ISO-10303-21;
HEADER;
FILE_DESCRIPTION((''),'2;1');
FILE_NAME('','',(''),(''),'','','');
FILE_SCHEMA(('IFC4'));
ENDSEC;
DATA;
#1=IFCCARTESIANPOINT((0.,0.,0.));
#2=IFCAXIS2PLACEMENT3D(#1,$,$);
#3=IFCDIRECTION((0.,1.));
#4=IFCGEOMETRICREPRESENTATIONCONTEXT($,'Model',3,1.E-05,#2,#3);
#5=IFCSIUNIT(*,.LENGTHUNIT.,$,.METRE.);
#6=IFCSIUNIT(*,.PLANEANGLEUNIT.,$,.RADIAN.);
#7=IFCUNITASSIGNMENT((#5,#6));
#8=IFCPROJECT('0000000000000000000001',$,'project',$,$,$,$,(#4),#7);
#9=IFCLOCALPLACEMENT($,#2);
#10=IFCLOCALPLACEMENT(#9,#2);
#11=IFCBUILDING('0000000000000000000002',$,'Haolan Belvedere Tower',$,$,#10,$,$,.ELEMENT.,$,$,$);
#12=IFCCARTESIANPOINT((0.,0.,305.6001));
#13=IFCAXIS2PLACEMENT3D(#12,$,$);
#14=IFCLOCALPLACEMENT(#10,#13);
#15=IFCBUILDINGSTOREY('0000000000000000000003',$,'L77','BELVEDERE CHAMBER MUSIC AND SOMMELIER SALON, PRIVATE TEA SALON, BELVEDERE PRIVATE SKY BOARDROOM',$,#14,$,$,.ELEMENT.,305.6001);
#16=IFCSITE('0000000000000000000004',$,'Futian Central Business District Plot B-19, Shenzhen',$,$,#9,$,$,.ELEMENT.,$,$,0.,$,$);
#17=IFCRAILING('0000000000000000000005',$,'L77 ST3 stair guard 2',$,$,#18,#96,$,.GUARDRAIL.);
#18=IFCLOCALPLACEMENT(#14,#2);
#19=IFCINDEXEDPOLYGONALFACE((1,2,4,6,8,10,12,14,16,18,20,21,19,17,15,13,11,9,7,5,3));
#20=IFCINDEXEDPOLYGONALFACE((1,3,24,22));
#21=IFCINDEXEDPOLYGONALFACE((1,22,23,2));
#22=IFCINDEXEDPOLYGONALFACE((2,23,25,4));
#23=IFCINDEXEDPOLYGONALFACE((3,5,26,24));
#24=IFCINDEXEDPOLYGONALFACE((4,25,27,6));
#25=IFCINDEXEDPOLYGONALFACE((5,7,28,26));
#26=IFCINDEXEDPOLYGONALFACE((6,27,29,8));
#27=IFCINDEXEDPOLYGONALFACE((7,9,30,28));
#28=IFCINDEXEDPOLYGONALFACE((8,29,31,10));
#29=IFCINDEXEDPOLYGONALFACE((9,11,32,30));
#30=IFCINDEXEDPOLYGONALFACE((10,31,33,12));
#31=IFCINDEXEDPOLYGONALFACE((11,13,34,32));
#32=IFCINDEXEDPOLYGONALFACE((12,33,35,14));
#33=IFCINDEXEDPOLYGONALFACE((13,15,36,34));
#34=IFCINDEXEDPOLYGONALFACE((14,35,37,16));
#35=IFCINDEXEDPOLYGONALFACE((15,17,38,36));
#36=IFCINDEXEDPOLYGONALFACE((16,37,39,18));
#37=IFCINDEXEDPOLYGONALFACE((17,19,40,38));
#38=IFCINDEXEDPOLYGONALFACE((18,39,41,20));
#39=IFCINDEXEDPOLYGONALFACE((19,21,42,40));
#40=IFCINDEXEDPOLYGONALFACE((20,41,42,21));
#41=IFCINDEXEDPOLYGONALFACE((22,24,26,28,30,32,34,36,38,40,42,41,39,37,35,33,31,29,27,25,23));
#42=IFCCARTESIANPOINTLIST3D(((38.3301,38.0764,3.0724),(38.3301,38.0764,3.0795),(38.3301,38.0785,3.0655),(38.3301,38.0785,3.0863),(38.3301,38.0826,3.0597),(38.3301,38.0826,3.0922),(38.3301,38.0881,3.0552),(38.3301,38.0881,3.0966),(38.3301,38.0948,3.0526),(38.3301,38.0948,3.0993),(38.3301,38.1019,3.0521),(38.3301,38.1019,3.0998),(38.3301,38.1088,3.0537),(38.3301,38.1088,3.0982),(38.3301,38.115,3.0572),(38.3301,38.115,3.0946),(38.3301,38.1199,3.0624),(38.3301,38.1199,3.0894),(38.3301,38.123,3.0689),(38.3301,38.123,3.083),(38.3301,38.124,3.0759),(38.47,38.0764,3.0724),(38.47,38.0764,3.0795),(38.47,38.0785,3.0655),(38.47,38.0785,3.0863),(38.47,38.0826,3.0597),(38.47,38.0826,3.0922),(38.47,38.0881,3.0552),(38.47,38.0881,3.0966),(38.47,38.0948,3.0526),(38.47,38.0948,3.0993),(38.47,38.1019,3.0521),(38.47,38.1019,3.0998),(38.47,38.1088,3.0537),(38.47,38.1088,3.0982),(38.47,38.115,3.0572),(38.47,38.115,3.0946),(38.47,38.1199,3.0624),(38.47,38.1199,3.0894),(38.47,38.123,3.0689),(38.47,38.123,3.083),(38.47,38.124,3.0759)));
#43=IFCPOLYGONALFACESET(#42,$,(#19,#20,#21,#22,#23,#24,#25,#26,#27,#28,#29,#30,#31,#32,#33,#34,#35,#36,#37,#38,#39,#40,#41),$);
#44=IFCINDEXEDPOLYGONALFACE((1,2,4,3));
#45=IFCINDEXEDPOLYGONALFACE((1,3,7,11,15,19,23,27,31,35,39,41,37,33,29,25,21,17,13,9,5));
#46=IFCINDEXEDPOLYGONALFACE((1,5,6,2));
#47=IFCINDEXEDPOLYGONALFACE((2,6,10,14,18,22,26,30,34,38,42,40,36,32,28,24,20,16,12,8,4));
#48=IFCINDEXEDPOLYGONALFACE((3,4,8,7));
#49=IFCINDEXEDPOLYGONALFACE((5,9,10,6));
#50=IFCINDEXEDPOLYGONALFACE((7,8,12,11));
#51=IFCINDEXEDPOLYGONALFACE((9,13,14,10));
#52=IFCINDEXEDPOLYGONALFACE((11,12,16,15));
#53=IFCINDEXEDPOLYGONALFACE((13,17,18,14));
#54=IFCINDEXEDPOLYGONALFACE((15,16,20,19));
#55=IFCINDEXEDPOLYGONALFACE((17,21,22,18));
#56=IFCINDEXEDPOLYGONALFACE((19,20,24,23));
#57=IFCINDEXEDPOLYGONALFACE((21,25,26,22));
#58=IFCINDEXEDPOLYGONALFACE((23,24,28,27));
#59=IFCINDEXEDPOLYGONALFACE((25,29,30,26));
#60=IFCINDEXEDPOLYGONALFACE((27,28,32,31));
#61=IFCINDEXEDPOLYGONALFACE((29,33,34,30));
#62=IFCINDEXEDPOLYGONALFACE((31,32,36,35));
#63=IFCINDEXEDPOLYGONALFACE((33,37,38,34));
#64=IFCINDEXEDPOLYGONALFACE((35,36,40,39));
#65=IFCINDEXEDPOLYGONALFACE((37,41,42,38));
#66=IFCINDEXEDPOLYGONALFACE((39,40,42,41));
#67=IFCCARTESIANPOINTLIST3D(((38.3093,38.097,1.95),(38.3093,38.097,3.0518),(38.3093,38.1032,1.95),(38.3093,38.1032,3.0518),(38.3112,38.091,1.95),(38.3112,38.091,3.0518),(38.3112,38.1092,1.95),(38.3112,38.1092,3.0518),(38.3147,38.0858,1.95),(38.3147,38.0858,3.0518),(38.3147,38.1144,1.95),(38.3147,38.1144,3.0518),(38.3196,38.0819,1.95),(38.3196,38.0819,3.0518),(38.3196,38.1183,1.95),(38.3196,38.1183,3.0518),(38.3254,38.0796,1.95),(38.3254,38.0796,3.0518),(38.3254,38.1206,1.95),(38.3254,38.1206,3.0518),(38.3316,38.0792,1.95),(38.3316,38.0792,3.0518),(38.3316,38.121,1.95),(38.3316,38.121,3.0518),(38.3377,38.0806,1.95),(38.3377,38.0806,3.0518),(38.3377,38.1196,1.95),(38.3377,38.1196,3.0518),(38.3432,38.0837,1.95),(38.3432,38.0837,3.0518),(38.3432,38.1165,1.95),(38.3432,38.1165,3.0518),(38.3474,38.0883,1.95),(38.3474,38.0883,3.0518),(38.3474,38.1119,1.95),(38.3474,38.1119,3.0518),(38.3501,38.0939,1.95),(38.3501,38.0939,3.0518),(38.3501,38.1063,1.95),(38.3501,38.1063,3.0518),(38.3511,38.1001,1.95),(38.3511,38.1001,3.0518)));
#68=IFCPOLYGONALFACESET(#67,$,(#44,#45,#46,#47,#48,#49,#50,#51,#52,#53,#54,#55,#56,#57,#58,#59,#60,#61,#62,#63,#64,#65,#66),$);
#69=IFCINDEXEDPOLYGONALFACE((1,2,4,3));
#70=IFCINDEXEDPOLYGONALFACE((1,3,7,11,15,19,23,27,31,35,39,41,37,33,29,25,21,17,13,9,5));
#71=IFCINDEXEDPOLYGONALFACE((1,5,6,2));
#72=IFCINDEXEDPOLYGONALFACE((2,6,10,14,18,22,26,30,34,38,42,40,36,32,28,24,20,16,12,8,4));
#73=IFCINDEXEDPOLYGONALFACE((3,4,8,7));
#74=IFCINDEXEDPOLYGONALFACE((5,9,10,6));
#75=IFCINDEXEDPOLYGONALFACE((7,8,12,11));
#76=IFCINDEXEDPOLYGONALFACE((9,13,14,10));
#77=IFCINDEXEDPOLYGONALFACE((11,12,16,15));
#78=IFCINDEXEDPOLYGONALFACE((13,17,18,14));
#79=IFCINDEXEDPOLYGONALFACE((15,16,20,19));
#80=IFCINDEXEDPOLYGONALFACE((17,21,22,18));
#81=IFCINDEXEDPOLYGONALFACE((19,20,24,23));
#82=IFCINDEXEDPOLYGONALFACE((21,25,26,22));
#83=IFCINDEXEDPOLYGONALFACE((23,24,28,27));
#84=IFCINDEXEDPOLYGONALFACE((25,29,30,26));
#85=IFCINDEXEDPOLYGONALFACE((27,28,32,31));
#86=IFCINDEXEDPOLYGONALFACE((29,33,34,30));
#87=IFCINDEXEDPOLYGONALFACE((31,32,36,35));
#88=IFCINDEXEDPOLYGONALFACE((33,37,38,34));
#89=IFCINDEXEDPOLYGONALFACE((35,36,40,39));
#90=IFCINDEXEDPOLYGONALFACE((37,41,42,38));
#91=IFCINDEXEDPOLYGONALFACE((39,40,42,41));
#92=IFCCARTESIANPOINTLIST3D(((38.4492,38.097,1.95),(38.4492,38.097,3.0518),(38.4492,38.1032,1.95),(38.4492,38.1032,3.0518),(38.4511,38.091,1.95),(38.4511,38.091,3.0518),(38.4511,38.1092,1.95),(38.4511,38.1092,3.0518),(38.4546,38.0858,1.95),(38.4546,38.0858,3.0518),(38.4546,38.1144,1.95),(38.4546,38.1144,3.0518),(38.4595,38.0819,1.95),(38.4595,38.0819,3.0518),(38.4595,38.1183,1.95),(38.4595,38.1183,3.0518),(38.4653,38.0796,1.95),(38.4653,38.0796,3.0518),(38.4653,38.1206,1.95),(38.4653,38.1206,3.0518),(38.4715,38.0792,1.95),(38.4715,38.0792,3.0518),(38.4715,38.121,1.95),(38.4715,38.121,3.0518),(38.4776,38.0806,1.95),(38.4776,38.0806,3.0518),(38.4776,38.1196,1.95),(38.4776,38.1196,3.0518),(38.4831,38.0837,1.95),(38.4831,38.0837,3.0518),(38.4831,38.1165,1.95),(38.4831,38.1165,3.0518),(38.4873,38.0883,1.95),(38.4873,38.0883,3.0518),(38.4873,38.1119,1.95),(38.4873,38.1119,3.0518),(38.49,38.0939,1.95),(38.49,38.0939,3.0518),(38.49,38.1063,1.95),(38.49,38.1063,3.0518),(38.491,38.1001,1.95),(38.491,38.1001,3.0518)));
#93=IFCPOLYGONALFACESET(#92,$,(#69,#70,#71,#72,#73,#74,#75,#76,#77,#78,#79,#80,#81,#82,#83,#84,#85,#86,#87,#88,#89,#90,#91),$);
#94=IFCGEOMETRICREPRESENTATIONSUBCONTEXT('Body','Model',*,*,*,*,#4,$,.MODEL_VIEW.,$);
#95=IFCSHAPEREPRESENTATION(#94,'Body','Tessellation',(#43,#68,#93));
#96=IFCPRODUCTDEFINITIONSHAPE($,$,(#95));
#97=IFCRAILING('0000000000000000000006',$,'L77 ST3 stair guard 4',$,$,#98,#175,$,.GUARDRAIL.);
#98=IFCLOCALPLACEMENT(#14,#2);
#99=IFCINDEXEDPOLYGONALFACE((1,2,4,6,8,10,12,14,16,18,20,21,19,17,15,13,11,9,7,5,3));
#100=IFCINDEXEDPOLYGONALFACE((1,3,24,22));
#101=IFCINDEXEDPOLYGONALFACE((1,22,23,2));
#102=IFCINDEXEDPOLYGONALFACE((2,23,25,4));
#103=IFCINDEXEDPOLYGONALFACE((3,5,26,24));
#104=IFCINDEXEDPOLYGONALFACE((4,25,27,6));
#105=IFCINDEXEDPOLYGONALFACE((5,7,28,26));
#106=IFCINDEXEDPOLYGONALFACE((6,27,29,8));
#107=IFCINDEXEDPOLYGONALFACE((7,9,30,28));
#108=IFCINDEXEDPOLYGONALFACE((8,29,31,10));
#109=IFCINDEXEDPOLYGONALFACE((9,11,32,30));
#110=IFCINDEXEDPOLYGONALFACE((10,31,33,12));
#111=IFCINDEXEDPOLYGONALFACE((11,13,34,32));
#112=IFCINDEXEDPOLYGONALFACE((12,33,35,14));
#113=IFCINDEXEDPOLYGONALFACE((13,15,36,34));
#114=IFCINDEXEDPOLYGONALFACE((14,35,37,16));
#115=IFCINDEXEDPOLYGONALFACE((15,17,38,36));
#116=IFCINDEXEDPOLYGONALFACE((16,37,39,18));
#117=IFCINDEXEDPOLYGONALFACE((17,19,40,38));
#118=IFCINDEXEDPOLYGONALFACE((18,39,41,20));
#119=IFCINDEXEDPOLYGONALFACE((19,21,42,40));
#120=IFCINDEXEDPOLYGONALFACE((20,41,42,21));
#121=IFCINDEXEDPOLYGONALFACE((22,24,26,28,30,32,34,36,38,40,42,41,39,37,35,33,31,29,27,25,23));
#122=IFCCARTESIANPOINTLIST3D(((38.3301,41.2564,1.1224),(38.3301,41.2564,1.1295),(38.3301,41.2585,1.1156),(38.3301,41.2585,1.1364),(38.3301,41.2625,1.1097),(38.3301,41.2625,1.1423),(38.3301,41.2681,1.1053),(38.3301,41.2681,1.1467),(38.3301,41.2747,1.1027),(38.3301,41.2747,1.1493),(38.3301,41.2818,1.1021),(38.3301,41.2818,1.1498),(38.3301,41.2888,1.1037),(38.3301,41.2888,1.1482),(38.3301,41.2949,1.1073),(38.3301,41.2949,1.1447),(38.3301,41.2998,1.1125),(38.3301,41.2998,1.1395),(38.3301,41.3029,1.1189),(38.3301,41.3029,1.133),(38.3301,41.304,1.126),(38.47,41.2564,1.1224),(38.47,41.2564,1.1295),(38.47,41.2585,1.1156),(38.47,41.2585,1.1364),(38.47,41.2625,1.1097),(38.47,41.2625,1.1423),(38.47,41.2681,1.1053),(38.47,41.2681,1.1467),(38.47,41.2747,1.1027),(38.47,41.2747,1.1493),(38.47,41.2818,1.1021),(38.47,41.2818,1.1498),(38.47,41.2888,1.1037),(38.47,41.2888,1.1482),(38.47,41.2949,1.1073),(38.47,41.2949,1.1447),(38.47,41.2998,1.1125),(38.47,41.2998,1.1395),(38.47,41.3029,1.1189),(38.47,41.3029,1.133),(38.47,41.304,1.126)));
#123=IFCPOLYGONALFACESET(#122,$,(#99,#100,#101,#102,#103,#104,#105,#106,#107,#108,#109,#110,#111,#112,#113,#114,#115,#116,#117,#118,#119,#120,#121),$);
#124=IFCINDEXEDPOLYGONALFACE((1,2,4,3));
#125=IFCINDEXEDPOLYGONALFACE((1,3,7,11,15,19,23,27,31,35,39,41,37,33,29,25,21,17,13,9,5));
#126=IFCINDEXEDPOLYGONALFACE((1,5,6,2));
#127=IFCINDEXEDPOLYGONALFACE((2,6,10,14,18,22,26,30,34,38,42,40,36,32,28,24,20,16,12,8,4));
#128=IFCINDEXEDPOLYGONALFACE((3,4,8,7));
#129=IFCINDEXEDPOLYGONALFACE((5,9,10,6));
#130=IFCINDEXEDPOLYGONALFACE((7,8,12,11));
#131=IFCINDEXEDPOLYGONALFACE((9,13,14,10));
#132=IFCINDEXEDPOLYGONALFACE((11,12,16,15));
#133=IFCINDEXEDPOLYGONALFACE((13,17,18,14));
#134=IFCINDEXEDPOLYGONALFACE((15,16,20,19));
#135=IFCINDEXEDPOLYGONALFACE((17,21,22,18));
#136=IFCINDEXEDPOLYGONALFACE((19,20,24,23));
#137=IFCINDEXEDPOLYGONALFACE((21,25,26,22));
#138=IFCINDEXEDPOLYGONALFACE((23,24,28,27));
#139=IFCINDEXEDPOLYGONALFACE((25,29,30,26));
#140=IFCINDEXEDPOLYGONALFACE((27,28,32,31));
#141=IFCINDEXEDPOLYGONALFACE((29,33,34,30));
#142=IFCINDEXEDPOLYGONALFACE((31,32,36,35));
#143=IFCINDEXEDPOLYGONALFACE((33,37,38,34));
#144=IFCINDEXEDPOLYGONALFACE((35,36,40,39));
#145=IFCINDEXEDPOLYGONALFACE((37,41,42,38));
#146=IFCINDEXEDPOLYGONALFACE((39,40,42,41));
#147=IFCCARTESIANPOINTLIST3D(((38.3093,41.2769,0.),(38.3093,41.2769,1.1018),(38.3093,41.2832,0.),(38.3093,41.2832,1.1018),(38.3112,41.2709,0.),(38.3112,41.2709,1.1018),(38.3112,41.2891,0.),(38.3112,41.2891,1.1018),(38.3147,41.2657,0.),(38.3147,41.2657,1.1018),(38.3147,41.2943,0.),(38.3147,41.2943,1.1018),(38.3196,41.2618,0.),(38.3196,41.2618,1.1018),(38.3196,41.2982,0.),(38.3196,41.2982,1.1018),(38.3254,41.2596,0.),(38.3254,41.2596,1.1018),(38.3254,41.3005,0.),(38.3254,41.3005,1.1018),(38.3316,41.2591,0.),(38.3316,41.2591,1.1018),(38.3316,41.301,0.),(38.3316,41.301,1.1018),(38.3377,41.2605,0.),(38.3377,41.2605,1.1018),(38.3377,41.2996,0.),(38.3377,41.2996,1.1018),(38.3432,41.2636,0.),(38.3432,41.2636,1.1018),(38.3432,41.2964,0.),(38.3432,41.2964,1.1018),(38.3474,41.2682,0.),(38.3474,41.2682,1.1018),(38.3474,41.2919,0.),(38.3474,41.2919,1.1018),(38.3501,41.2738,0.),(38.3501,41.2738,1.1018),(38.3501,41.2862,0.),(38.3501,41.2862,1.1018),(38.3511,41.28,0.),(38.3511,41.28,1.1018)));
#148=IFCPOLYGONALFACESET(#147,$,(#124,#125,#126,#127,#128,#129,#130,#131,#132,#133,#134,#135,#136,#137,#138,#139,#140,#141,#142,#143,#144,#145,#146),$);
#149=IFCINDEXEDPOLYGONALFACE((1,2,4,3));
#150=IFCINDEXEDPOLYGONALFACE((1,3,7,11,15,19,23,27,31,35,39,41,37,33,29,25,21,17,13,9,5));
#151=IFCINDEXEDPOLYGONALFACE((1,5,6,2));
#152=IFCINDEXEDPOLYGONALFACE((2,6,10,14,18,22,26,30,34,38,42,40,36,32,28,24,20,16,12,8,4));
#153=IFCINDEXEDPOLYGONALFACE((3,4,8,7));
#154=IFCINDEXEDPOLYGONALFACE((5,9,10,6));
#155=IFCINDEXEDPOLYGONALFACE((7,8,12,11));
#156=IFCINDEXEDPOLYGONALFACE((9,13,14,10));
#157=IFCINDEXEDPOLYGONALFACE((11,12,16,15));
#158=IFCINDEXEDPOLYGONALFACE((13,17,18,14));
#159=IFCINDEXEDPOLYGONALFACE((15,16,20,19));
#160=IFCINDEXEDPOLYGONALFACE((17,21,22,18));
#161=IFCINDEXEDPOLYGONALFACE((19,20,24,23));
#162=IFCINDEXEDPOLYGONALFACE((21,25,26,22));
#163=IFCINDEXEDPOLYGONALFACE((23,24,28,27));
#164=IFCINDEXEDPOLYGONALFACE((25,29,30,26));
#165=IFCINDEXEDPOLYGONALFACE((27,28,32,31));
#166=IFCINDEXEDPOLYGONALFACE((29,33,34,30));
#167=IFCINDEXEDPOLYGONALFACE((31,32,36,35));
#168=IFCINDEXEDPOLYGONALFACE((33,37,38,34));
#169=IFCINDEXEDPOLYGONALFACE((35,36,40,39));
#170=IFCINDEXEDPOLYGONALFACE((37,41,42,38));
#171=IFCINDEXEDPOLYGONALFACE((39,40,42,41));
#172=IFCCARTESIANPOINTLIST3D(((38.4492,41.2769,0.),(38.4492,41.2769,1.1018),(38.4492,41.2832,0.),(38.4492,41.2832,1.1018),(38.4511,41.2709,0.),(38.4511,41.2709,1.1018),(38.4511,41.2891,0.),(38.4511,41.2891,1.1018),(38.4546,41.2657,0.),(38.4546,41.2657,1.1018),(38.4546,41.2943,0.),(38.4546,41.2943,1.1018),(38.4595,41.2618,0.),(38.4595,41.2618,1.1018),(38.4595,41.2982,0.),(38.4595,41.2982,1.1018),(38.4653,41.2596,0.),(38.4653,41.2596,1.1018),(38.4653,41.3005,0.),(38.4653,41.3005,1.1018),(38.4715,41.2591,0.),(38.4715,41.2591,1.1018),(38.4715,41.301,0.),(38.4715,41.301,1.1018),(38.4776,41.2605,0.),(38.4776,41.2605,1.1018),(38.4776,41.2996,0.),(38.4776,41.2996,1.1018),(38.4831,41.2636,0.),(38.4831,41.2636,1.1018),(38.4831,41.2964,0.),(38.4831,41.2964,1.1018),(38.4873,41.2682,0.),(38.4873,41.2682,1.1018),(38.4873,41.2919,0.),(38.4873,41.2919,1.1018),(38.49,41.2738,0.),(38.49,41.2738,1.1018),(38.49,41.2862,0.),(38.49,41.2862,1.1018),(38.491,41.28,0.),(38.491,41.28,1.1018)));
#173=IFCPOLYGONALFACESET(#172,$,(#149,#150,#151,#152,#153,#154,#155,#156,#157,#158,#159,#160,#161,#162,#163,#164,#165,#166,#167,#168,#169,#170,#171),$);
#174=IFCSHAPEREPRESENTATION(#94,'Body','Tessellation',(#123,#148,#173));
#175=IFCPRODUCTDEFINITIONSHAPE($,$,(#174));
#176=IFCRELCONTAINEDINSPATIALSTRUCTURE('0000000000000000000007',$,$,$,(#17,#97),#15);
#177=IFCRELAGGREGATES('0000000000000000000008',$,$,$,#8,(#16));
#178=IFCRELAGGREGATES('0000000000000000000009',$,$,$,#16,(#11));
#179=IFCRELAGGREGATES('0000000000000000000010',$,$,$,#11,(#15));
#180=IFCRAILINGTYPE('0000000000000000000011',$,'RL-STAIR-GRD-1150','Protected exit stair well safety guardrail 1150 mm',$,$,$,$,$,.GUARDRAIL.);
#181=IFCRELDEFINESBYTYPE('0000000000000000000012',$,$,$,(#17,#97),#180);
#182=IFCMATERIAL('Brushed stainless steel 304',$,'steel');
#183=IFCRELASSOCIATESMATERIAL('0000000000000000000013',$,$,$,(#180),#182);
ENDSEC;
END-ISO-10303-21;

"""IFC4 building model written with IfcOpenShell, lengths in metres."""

from ifc_helpers import new_model, si_unit, direction, frame, origin, origin_2d, place, context, subcontext, project, spatial, circle, extrude, material, type_object, element, save


model = new_model("IFC4")

# Units and contexts
model_context = context("Model", 3, precision=1e-05, world=origin(), true_north=direction((0.0, 1.0)))
body_context = subcontext(model_context, "Body", "Model", "MODEL_VIEW")
ifc_project = project(units=[si_unit("LENGTHUNIT", "METRE"), si_unit("PLANEANGLEUNIT", "RADIAN")], contexts=[model_context])

# Site, building, storey
site_placement = place(None, origin())
site = spatial("IfcSite", under=ifc_project, at=site_placement, Name="Futian Central Business District Plot B-19, Shenzhen", CompositionType="ELEMENT", RefElevation=0.0)
building_placement = place(site_placement, origin())
building = spatial("IfcBuilding", under=site, at=building_placement, Name="Haolan Belvedere Tower", CompositionType="ELEMENT")
storey_placement = place(building_placement, frame((0.0, 0.0, 305.6001)))
storey = spatial("IfcBuildingStorey", under=building, at=storey_placement, Name="L77", Description="BELVEDERE CHAMBER MUSIC AND SOMMELIER SALON, PRIVATE TEA SALON, BELVEDERE PRIVATE SKY BOARDROOM", CompositionType="ELEMENT", Elevation=305.6001)

# Railings
ifc_material_1 = material(Name="Brushed stainless steel 304", Category="steel")
railing_type_1 = type_object("IfcRailingType", Name="RL-STAIR-GRD-1150", Description="Protected exit stair well safety guardrail 1150 mm", PredefinedType="GUARDRAIL", material=ifc_material_1)
for number, where, name in (
    (1, (38.3301, 38.1001, 1.95), "L77 ST3 stair guard 2"),
    (2, (38.3301, 41.28, 0.0), "L77 ST3 stair guard 4"),
):
    element("IfcRailing", number, at=place(storey_placement, frame(where)), inside=storey, type_object=railing_type_1, Name=name, PredefinedType="GUARDRAIL", context=body_context, shape_type="SweptSolid", body=[
        extrude(circle(Radius=0.0239, at=origin_2d()), frame((0.0, 0.0, 1.126), z_axis=(1.0, 0.0, 0.0), x_axis=(0.0, 1.0, 0.0)), (0.0, 0.0, 1.0), 0.1399),
        extrude(circle(Radius=0.021, at=origin_2d()), origin(), (0.0, 0.0, 1.0), 1.1018),
        extrude(circle(Radius=0.021, at=origin_2d()), frame((0.1399, 0.0, 0.0)), (0.0, 0.0, 1.0), 1.1018),
    ])

save(model, "model.ifc")
